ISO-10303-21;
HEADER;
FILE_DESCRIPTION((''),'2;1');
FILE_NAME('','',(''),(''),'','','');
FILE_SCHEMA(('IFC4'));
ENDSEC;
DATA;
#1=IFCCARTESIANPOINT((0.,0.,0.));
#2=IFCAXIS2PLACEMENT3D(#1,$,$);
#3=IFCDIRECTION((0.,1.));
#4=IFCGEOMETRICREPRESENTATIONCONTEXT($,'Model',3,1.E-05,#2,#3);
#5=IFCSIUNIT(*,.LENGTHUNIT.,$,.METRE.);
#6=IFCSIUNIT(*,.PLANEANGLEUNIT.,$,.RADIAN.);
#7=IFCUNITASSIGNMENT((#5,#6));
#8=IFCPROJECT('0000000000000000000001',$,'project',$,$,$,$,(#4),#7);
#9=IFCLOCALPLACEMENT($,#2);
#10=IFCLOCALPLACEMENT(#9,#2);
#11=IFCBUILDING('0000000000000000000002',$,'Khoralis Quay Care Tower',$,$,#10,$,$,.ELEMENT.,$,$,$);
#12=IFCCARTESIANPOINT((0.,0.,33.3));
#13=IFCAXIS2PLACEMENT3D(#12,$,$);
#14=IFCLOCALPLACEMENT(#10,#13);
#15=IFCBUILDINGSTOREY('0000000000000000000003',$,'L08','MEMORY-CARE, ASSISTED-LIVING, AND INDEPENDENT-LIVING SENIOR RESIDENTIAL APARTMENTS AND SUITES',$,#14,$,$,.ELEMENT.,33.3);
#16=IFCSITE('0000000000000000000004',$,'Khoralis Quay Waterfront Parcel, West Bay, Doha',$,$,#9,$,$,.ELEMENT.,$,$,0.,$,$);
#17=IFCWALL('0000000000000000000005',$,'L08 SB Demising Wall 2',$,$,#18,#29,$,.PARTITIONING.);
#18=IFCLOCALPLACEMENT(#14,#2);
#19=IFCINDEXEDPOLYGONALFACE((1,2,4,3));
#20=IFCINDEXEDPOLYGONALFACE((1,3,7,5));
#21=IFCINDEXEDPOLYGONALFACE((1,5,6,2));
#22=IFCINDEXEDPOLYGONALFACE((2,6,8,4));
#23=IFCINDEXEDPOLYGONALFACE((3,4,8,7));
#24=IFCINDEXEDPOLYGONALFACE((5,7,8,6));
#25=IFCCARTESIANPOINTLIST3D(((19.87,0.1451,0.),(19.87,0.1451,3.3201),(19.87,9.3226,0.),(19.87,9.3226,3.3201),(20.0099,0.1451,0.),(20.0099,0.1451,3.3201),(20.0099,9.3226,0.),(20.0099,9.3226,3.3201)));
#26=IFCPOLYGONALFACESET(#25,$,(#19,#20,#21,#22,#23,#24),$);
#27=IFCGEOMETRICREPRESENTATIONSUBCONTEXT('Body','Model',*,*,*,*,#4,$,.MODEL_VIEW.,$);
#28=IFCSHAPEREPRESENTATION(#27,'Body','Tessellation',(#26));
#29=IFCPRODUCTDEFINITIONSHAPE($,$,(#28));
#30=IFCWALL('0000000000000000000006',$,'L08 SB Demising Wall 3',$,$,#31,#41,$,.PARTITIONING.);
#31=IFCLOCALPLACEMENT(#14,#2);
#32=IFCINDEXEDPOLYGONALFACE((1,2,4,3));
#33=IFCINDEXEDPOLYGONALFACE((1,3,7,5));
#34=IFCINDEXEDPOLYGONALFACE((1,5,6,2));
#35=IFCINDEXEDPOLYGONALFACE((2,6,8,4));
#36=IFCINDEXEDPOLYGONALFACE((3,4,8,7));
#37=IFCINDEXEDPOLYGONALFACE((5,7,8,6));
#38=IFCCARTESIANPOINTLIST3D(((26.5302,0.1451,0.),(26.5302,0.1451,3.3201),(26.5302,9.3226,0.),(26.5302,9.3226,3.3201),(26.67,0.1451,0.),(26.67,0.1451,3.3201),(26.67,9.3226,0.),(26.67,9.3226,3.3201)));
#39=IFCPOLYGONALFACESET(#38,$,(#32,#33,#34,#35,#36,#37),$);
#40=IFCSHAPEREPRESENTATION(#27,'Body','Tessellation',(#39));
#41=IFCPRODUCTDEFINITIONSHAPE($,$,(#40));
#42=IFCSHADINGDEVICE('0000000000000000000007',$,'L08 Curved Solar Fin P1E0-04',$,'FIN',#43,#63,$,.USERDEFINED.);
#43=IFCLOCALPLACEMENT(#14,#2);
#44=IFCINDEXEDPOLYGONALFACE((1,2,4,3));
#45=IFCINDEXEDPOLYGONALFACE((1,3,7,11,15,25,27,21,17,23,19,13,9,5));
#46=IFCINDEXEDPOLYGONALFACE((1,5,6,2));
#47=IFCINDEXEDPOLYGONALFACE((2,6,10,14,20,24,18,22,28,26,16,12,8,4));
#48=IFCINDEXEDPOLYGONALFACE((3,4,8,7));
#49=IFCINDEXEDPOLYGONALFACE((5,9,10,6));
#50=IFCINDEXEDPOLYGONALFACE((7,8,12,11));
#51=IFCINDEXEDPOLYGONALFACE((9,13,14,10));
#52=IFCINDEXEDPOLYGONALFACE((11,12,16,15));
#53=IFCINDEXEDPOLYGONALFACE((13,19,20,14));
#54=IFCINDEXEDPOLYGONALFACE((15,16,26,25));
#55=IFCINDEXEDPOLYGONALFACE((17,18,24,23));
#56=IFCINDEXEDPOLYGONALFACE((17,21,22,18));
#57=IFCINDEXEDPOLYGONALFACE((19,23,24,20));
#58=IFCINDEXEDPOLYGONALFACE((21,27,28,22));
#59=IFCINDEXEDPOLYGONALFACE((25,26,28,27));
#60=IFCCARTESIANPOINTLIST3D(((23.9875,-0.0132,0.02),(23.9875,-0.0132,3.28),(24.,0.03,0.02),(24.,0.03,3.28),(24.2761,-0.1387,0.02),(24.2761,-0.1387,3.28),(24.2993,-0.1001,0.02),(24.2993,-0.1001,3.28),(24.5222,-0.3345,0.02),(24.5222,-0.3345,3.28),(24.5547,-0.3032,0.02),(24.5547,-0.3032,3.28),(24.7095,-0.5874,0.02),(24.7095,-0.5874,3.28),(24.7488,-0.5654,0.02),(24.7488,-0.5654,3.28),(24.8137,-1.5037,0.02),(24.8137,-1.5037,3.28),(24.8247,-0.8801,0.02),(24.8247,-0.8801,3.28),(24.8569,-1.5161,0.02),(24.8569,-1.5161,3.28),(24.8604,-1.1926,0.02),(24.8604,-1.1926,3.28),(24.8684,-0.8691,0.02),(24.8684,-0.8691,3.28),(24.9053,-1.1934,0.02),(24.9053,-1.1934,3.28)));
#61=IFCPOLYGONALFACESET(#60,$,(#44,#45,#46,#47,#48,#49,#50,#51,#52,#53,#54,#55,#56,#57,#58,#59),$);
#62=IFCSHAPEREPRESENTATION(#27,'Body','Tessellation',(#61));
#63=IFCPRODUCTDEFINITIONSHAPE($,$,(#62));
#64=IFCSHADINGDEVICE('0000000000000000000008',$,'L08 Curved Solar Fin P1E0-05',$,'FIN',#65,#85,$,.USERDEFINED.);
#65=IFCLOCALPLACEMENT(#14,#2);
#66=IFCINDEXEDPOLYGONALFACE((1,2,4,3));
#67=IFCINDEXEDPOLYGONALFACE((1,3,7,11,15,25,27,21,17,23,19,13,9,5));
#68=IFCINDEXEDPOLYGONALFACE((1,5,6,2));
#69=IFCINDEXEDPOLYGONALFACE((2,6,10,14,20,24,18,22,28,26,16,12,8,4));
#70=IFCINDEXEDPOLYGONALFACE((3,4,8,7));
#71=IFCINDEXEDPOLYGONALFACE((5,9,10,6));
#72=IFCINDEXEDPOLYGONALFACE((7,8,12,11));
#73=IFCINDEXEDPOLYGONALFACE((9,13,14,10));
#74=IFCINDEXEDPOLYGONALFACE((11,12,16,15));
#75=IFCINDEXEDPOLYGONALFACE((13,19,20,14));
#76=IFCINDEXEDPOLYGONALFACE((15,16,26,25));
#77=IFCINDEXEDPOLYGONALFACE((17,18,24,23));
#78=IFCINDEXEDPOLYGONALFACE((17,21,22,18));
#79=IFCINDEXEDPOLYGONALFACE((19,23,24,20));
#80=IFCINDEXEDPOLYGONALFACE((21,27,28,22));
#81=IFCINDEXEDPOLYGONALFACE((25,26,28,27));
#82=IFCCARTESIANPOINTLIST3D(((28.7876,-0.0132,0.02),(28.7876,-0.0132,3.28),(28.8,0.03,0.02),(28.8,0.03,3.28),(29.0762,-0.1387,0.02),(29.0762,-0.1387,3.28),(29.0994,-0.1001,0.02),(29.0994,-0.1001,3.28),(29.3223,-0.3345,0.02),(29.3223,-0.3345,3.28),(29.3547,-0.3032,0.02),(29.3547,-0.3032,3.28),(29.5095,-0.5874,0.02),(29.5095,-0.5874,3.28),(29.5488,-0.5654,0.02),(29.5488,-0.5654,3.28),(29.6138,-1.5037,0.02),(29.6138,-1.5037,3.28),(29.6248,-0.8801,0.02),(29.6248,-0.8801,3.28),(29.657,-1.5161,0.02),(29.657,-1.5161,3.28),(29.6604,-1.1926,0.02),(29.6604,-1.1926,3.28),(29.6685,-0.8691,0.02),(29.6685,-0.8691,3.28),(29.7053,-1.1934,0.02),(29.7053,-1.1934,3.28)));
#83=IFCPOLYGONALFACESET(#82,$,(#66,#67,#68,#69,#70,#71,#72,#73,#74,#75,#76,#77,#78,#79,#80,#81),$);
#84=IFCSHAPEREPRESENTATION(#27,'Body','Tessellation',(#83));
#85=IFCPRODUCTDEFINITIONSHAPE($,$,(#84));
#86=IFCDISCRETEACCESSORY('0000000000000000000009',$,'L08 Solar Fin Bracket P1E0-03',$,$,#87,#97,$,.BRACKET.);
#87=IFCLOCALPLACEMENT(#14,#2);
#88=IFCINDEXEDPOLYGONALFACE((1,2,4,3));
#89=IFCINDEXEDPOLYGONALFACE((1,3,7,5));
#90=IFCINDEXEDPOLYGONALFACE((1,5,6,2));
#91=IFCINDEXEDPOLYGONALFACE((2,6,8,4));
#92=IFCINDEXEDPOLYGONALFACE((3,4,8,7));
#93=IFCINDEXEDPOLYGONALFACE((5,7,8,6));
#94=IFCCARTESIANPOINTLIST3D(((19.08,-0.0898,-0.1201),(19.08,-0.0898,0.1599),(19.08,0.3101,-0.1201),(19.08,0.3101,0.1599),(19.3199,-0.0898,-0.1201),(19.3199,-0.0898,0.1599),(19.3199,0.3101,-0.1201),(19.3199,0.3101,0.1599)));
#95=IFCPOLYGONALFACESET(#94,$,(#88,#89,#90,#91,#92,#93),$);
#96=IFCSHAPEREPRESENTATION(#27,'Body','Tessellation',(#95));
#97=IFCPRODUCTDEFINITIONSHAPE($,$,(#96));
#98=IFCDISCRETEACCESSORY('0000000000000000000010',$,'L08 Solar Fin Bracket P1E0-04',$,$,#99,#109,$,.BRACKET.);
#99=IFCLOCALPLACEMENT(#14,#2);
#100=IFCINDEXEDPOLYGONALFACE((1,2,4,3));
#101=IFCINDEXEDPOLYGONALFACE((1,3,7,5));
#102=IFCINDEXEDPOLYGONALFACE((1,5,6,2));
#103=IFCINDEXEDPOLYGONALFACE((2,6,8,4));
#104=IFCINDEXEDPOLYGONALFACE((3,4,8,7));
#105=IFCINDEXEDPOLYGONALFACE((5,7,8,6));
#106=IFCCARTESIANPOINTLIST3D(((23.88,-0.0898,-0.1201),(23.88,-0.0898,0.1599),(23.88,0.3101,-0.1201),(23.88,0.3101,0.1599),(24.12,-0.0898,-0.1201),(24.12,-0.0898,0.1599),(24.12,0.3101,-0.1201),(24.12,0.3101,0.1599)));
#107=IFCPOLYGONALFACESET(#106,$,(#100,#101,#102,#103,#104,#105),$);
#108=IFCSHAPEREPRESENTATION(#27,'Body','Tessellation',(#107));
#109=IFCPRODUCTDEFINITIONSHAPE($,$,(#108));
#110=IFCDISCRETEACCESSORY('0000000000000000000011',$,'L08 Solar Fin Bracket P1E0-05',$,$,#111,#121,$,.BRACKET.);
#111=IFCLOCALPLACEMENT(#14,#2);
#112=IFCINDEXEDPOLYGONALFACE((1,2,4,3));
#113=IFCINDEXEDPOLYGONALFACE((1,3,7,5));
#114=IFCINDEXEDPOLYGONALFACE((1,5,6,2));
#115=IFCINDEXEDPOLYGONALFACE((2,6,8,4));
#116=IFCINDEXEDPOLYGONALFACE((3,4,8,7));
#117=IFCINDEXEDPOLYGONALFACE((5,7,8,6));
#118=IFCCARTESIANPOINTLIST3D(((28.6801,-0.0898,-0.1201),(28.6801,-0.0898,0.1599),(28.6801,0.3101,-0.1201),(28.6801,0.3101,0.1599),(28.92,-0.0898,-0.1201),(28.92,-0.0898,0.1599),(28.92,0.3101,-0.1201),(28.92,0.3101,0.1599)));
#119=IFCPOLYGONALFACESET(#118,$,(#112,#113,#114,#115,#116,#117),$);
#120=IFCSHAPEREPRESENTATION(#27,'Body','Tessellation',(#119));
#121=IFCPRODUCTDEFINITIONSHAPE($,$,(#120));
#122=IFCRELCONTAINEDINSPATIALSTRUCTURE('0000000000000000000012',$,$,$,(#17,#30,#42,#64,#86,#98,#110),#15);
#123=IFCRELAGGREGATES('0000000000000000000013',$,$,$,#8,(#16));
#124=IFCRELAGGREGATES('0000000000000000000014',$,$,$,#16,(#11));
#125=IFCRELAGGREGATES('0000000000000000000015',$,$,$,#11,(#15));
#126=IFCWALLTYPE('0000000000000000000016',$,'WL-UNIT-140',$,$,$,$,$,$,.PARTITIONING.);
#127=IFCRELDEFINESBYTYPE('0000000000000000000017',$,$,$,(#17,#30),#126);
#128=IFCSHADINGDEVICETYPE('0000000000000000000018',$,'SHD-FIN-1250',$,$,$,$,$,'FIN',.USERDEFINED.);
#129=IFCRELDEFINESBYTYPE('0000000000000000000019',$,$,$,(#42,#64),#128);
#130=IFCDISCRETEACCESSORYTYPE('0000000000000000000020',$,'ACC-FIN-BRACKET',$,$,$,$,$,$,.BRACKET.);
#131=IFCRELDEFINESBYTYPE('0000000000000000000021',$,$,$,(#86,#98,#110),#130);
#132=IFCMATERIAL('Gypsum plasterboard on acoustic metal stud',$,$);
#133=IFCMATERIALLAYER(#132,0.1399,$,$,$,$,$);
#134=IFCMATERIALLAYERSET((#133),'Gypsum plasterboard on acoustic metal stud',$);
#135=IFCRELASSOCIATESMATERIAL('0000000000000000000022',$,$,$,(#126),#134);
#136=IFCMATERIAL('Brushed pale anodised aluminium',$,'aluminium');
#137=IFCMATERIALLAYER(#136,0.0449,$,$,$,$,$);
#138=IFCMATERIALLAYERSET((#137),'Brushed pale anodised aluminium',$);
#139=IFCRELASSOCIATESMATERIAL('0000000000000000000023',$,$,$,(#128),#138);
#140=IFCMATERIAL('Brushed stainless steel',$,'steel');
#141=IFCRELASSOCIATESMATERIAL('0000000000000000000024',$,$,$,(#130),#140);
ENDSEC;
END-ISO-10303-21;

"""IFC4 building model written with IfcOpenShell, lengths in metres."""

from ifc_helpers import new_model, si_unit, direction, frame, frame_2d, origin, origin_2d, place, context, subcontext, project, spatial, polyline, rectangle, outline, extrude, source, transform, mapped, material, layer, layer_set, type_object, element, save


model = new_model("IFC4")

# Units and contexts
model_context = context("Model", 3, precision=1e-05, world=origin(), true_north=direction((0.0, 1.0)))
body_context = subcontext(model_context, "Body", "Model", "MODEL_VIEW")
ifc_project = project(units=[si_unit("LENGTHUNIT", "METRE"), si_unit("PLANEANGLEUNIT", "RADIAN")], contexts=[model_context])

# Site, building, storey
site_placement = place(None, origin())
site = spatial("IfcSite", under=ifc_project, at=site_placement, Name="Khoralis Quay Waterfront Parcel, West Bay, Doha", CompositionType="ELEMENT", RefElevation=0.0)
building_placement = place(site_placement, origin())
building = spatial("IfcBuilding", under=site, at=building_placement, Name="Khoralis Quay Care Tower", CompositionType="ELEMENT")
storey_placement = place(building_placement, frame((0.0, 0.0, 33.3)))
storey = spatial("IfcBuildingStorey", under=building, at=storey_placement, Name="L08", Description="MEMORY-CARE, ASSISTED-LIVING, AND INDEPENDENT-LIVING SENIOR RESIDENTIAL APARTMENTS AND SUITES", CompositionType="ELEMENT", Elevation=33.3)

# Shared definitions
ifc_material_1 = material(Name="Gypsum plasterboard on acoustic metal stud")

# Walls
ifc_layer_1 = layer(ifc_material_1, 0.1399)
ifc_layer_set_1 = layer_set([ifc_layer_1], Name="Gypsum plasterboard on acoustic metal stud")
wall_type_1 = type_object("IfcWallType", Name="WL-UNIT-140", PredefinedType="PARTITIONING", material=ifc_layer_set_1)
for number, where, z_axis, x_axis, name in (
    (1, (19.9399, 0.145, 0.0), (0.0, 0.0, 1.0), (0.0, 1.0, 0.0), "L08 SB Demising Wall 2"),
    (2, (26.6001, 0.145, 0.0), (0.0, 0.0, 1.0), (0.0, 1.0, 0.0), "L08 SB Demising Wall 3"),
):
    element("IfcWall", number, at=place(storey_placement, frame(where, z_axis=z_axis, x_axis=x_axis)), inside=storey, type_object=wall_type_1, Name=name, PredefinedType="PARTITIONING", context=body_context, shape_type="SweptSolid", body=[
        extrude(rectangle(XDim=9.1775, YDim=0.1399, at=frame_2d((4.5889, 0.0))), origin(), (0.0, 0.0, 1.0), 3.3201),
    ])

# Shading devices
ifc_material_2 = material(Name="Brushed pale anodised aluminium", Category="aluminium")
ifc_layer_2 = layer(ifc_material_2, 0.0449)
ifc_layer_set_2 = layer_set([ifc_layer_2], Name="Brushed pale anodised aluminium")
shading_device_type = type_object("IfcShadingDeviceType", Name="SHD-FIN-1250", ElementType="FIN", PredefinedType="USERDEFINED", material=ifc_layer_set_2)
shared_shape_1 = source(origin(), body_context, "Body", "SweptSolid", [
    extrude(outline(polyline([(0.0, 0.0), (0.1301, 0.2993), (0.3333, 0.5547), (0.5955, 0.7488), (0.8992, 0.8684), (1.2234, 0.9053), (1.5461, 0.8569), (1.5337, 0.8137), (1.2227, 0.8604), (0.9102, 0.8247), (0.6174, 0.7095), (0.3645, 0.5222), (0.1687, 0.2761), (0.0432, -0.0125), (0.0, 0.0)])), origin(), (0.0, 0.0, 1.0), 3.26),
])
for number, where, z_axis, x_axis, name in (
    (3, (24.0, 0.03, 0.02), (0.0, 0.0, 1.0), (0.0, -1.0, 0.0), "L08 Curved Solar Fin P1E0-04"),
    (4, (28.8, 0.03, 0.02), (0.0, 0.0, 1.0), (0.0, -1.0, 0.0), "L08 Curved Solar Fin P1E0-05"),
):
    element("IfcShadingDevice", number, at=place(storey_placement, frame(where, z_axis=z_axis, x_axis=x_axis)), inside=storey, type_object=shading_device_type, Name=name, ObjectType="FIN", PredefinedType="USERDEFINED", context=body_context, shape_type="MappedRepresentation", body=[
        mapped(shared_shape_1, transform((0.0, 0.0, 0.0), scale=1.0)),
    ])

# Discrete accessories
ifc_material_3 = material(Name="Brushed stainless steel", Category="steel")
discrete_accessory_type = type_object("IfcDiscreteAccessoryType", Name="ACC-FIN-BRACKET", PredefinedType="BRACKET", material=ifc_material_3)
shared_shape_2 = source(origin(), body_context, "Body", "SweptSolid", [
    extrude(rectangle(XDim=0.3999, YDim=0.24, at=origin_2d()), origin(), (0.0, 0.0, 1.0), 0.28),
])
for number, where, z_axis, x_axis, name in (
    (5, (19.2, 0.1101, -0.1201), (0.0, 0.0, 1.0), (0.0, -1.0, 0.0), "L08 Solar Fin Bracket P1E0-03"),
    (6, (24.0, 0.1101, -0.1201), (0.0, 0.0, 1.0), (0.0, -1.0, 0.0), "L08 Solar Fin Bracket P1E0-04"),
    (7, (28.8, 0.1101, -0.1201), (0.0, 0.0, 1.0), (0.0, -1.0, 0.0), "L08 Solar Fin Bracket P1E0-05"),
):
    element("IfcDiscreteAccessory", number, at=place(storey_placement, frame(where, z_axis=z_axis, x_axis=x_axis)), inside=storey, type_object=discrete_accessory_type, Name=name, PredefinedType="BRACKET", context=body_context, shape_type="MappedRepresentation", body=[
        mapped(shared_shape_2, transform((0.0, 0.0, 0.0), scale=1.0)),
    ])

save(model, "model.ifc")
